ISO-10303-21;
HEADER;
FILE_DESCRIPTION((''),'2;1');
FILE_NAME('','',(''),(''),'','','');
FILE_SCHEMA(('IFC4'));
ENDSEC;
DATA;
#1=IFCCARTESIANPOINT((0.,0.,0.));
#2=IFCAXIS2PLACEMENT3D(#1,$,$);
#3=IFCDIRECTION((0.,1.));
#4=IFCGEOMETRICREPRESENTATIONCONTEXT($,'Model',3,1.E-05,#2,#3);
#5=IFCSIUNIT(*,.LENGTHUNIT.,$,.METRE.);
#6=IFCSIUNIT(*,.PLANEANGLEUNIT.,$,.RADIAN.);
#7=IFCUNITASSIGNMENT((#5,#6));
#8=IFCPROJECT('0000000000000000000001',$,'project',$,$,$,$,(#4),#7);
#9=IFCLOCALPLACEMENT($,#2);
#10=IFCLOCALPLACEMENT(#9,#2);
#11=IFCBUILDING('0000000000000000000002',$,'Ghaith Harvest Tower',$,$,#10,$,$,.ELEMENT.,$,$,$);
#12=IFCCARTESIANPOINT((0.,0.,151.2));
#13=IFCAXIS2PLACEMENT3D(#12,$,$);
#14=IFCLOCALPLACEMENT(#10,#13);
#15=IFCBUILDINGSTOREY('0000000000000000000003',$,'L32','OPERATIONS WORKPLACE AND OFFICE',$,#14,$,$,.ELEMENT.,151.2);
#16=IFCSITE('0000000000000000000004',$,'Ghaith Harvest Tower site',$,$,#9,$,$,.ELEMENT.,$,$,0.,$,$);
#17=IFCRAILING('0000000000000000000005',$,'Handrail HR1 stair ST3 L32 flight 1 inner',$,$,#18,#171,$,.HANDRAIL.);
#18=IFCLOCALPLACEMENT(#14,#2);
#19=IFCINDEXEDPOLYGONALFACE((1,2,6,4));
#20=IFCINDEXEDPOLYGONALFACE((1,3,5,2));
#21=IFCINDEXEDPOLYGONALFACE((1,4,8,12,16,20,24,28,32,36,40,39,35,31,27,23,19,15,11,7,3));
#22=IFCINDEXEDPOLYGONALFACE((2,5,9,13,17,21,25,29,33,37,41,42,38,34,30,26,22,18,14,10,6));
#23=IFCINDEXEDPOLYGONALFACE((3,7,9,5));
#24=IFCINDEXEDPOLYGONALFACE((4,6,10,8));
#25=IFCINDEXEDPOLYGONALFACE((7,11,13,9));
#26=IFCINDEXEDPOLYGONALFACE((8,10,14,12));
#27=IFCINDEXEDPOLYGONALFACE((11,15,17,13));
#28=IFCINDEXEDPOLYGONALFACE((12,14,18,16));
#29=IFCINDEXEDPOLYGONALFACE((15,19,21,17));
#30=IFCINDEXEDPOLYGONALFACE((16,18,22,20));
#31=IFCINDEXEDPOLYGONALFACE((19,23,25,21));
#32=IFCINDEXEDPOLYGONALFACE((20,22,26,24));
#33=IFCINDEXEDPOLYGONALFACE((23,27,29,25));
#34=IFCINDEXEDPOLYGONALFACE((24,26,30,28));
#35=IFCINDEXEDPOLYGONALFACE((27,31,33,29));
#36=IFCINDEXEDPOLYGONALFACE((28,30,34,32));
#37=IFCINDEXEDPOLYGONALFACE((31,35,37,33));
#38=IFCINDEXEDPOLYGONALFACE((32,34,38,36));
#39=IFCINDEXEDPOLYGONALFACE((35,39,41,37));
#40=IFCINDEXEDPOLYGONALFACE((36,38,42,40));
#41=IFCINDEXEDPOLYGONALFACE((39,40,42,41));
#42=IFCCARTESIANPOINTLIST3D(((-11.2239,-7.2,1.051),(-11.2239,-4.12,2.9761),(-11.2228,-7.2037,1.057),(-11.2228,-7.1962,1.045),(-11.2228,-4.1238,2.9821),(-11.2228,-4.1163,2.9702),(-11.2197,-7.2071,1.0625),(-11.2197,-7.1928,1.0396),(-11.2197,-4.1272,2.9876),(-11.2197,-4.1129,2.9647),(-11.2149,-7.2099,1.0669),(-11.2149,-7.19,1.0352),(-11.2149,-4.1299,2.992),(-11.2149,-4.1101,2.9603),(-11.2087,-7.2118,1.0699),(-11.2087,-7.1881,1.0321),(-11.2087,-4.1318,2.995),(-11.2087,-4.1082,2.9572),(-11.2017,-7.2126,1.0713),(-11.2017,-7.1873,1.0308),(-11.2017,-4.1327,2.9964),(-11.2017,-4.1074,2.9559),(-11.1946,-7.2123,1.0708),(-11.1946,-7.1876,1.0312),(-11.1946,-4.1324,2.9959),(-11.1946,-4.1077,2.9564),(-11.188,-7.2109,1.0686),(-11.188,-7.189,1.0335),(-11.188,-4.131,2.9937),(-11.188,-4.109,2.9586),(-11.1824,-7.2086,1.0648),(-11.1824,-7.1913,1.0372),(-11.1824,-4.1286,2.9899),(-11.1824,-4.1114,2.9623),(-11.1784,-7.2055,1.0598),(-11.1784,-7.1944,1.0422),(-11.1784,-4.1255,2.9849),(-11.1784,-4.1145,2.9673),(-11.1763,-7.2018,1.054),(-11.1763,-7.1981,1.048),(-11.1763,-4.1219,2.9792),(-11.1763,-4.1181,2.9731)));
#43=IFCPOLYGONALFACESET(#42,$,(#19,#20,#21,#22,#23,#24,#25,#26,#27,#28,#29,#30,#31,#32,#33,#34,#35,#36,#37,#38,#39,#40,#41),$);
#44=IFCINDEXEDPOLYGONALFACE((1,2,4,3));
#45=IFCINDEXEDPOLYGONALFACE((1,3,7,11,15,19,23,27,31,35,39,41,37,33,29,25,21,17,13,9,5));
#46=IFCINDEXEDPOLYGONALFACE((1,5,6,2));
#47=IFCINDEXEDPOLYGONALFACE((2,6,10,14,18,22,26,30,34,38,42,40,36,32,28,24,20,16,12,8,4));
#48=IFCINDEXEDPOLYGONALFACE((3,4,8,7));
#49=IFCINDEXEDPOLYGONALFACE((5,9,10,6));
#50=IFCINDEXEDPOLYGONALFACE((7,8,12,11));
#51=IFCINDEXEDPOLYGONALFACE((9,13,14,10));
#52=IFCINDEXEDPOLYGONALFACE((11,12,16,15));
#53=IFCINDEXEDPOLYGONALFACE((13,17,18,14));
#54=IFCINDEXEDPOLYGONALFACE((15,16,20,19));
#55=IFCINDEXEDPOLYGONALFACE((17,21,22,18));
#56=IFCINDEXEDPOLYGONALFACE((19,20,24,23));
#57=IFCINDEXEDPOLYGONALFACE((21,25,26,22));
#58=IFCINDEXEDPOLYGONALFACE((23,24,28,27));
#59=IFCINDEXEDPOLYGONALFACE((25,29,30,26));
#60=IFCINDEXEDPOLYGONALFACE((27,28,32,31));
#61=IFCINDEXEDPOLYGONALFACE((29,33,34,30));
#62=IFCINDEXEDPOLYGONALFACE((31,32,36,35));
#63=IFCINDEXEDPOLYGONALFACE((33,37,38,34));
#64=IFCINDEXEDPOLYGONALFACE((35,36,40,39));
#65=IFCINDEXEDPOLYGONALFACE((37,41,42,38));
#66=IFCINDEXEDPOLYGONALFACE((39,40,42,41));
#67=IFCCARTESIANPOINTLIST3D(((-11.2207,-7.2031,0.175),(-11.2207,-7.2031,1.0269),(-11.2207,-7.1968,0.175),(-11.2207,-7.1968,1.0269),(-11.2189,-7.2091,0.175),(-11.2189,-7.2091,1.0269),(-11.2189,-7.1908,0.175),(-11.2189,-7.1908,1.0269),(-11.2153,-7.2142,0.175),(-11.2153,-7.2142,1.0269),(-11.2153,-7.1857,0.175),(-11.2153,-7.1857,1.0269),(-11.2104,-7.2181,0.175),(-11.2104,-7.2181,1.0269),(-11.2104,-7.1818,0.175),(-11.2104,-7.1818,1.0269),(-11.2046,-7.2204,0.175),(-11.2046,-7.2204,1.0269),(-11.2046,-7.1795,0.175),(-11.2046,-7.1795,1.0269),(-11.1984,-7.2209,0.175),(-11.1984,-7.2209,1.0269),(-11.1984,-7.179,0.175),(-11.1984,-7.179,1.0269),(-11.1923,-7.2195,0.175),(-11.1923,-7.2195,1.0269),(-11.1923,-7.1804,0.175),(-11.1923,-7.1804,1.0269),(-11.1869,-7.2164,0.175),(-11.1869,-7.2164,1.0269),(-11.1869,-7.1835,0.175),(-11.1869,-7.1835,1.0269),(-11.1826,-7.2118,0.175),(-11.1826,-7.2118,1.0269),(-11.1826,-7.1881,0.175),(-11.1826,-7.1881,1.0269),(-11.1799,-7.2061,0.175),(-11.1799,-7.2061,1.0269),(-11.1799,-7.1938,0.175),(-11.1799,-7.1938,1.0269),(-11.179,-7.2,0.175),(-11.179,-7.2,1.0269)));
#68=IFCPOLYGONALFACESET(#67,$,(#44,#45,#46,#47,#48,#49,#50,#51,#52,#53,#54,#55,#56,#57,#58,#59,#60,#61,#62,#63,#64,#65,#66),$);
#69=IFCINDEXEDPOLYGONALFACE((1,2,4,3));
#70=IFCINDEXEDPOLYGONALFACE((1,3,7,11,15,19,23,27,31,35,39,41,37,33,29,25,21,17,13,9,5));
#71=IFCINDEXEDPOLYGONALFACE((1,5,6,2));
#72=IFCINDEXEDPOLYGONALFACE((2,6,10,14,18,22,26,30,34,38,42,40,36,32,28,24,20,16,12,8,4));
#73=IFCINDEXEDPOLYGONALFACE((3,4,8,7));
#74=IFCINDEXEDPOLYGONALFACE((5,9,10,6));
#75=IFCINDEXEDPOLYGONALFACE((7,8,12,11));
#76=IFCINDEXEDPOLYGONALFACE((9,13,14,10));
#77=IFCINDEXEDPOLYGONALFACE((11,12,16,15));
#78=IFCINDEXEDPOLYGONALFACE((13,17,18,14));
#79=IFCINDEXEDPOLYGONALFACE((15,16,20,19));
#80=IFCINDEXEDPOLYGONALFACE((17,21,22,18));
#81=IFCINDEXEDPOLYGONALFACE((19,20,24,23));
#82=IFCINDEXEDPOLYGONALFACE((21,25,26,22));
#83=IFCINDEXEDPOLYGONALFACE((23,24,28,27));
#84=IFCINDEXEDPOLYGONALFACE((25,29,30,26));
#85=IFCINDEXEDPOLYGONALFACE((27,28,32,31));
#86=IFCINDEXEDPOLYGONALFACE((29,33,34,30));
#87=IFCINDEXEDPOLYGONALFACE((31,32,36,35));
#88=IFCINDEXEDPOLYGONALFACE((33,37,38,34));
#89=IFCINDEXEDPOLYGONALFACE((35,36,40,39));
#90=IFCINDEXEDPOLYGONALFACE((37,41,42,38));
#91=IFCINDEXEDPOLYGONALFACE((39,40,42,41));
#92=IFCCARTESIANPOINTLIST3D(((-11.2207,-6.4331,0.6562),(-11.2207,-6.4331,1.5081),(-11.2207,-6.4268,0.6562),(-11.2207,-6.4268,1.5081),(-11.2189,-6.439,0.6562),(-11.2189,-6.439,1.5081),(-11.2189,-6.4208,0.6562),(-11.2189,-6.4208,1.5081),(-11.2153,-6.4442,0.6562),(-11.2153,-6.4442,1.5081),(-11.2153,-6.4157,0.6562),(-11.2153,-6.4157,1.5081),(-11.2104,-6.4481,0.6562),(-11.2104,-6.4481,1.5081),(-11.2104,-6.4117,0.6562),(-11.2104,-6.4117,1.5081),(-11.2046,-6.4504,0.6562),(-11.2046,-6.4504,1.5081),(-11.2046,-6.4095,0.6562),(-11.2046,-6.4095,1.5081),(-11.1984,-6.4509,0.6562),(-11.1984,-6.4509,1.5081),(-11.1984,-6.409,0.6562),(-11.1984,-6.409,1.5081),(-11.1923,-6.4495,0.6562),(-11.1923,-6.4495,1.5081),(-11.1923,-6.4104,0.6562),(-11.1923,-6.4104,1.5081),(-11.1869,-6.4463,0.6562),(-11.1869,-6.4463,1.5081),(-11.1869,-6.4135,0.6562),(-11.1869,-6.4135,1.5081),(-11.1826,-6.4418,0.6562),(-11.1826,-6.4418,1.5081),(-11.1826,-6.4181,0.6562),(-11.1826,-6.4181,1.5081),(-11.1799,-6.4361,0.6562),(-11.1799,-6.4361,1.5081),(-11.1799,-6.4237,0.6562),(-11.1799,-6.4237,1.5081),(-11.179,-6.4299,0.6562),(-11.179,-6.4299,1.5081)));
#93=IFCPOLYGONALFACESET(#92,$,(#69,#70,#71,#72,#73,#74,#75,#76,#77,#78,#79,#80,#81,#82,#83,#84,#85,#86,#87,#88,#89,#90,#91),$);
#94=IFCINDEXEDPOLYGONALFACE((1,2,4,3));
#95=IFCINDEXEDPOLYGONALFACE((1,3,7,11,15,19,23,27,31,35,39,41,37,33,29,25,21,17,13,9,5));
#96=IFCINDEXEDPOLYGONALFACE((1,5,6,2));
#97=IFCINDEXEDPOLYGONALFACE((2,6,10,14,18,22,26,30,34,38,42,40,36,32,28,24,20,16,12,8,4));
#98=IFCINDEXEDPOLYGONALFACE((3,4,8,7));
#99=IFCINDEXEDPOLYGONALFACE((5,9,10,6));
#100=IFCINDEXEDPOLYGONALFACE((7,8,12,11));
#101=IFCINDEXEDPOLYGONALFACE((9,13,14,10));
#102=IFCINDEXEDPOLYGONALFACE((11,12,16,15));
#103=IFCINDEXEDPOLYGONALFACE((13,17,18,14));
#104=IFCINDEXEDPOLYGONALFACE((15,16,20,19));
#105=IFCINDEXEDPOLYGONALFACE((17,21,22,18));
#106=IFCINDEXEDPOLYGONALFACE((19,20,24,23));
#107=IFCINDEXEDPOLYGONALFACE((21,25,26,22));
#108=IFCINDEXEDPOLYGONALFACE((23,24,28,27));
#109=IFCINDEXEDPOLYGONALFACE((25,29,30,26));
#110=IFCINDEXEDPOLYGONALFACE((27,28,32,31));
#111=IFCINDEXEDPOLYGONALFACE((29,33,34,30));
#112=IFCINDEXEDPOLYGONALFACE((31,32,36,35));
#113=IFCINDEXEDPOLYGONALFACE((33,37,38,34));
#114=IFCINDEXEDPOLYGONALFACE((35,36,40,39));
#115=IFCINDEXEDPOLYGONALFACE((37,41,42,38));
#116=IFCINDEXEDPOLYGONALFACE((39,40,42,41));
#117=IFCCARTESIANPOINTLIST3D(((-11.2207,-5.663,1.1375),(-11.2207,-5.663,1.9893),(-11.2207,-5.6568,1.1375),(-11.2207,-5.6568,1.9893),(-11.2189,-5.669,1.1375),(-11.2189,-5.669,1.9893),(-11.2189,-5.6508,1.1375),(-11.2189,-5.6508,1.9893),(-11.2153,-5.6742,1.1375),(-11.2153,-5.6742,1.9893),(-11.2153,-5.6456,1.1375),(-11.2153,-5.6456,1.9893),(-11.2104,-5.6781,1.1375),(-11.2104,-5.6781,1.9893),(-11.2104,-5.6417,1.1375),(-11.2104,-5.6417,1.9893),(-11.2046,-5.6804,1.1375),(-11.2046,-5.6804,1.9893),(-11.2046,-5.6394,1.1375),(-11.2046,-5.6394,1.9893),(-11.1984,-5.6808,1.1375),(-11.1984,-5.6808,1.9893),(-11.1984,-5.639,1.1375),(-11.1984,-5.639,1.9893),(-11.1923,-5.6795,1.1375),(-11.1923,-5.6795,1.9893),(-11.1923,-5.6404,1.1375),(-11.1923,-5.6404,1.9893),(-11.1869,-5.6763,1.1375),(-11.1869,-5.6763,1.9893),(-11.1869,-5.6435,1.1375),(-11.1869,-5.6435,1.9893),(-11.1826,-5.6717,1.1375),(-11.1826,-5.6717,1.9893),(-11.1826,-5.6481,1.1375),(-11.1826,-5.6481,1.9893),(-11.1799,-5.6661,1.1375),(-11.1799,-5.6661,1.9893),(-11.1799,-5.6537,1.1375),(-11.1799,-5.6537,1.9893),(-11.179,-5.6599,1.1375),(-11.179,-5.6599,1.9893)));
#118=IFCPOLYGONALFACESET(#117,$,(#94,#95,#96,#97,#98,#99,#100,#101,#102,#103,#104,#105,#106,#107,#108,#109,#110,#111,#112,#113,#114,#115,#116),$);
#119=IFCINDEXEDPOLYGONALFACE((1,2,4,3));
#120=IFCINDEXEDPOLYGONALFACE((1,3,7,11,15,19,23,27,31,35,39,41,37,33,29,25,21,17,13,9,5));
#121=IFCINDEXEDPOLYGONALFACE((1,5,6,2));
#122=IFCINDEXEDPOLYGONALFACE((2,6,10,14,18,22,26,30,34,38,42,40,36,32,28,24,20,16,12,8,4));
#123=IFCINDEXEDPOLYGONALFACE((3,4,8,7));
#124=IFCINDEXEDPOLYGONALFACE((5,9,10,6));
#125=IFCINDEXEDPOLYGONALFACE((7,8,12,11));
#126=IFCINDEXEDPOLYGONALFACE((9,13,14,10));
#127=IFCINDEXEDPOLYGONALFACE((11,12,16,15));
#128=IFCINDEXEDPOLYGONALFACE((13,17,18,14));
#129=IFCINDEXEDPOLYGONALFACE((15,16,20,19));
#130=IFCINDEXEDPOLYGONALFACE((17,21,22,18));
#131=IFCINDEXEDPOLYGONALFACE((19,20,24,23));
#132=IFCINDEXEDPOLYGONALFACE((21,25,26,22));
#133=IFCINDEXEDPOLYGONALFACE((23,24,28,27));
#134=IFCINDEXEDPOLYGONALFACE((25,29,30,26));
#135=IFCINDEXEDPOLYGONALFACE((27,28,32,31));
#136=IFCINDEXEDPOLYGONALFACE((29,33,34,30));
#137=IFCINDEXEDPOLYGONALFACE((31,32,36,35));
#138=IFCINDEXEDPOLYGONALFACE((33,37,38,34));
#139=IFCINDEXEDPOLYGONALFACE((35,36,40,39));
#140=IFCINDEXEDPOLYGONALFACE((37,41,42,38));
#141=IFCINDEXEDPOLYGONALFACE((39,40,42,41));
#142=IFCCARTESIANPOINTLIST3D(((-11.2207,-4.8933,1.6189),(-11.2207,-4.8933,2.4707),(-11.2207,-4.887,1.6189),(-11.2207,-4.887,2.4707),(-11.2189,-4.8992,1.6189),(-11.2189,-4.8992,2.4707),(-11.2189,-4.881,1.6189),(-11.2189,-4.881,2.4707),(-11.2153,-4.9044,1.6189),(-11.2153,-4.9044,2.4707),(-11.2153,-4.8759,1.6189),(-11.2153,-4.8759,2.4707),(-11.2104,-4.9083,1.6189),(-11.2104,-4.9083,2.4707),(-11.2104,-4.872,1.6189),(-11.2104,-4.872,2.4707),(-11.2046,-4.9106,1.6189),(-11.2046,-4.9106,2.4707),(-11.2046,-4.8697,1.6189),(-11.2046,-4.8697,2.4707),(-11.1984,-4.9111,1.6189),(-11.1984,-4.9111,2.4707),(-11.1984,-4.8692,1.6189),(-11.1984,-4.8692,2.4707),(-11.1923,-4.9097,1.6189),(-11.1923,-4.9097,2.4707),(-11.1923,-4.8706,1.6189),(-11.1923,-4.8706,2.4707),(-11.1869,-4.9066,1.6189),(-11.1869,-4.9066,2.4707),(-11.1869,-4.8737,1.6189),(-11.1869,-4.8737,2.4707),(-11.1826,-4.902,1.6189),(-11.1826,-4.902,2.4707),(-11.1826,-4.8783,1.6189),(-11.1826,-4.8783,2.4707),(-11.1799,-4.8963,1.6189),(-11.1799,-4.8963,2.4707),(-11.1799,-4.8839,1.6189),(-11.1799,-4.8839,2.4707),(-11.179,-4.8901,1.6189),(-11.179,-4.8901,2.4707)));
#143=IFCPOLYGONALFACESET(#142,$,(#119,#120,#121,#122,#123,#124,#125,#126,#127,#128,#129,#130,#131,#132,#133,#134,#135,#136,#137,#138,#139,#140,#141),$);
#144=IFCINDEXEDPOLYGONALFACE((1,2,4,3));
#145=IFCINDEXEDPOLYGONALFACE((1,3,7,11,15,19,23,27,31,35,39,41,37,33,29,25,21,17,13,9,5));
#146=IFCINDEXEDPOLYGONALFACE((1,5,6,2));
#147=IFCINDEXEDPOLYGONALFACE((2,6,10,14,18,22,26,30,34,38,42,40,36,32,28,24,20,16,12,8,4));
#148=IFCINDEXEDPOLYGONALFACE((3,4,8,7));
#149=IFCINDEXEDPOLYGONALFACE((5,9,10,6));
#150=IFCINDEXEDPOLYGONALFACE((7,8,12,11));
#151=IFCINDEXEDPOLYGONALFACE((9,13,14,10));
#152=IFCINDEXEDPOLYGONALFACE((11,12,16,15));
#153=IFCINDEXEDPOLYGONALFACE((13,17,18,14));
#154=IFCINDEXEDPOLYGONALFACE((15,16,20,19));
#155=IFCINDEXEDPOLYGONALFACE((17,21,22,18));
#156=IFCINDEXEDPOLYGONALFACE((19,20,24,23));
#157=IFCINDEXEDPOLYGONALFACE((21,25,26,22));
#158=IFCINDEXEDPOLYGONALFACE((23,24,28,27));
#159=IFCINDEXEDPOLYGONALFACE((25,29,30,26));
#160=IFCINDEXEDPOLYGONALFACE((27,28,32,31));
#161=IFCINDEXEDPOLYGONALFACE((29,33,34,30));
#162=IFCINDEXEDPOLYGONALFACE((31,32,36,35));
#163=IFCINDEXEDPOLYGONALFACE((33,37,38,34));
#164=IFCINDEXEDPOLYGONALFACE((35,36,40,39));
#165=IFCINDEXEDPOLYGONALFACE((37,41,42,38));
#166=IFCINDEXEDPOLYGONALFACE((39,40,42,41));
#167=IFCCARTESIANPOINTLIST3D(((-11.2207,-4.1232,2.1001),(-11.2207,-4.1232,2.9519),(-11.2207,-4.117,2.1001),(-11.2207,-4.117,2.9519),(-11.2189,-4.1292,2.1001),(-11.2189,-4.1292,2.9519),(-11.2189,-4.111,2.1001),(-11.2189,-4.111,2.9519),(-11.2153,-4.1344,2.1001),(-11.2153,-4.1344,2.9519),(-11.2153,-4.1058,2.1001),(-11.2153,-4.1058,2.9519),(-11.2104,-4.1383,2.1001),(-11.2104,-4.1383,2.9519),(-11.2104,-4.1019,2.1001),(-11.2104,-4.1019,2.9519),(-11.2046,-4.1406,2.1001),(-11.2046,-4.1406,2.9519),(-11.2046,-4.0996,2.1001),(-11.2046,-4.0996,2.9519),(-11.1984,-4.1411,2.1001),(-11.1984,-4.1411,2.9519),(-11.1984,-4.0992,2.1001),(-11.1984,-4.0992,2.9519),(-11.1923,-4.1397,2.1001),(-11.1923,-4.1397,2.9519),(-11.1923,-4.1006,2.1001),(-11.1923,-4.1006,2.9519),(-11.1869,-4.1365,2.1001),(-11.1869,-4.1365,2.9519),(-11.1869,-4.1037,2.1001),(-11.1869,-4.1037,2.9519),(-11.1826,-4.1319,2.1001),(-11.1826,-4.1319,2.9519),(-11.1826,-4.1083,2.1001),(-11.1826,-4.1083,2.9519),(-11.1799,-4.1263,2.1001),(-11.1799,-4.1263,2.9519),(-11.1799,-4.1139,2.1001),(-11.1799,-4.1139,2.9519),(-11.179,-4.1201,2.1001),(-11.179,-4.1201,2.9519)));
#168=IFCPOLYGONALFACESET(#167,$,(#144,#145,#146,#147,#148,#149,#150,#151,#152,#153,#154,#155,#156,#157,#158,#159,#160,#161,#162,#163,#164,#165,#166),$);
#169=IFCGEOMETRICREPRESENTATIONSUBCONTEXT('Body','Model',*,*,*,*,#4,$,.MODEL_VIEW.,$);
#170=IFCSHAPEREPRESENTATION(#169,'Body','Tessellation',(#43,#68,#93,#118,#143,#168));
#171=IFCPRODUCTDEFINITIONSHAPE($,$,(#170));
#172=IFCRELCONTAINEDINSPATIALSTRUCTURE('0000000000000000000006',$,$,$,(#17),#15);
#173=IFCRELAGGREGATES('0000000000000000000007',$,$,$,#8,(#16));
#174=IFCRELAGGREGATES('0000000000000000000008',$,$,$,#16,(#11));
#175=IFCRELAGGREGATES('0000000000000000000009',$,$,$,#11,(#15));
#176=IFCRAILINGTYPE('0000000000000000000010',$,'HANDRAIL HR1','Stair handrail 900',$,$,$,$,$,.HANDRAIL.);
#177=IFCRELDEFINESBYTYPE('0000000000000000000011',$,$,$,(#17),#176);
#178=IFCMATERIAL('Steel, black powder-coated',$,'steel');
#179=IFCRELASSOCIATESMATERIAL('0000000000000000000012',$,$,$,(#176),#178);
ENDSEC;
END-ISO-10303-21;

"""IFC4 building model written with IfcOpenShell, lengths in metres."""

from ifc_helpers import new_model, si_unit, direction, frame, origin, origin_2d, place, context, subcontext, project, spatial, circle, extrude, material, type_object, element, save


model = new_model("IFC4")

# Units and contexts
model_context = context("Model", 3, precision=1e-05, world=origin(), true_north=direction((0.0, 1.0)))
body_context = subcontext(model_context, "Body", "Model", "MODEL_VIEW")
ifc_project = project(units=[si_unit("LENGTHUNIT", "METRE"), si_unit("PLANEANGLEUNIT", "RADIAN")], contexts=[model_context])

# Site, building, storey
site_placement = place(None, origin())
site = spatial("IfcSite", under=ifc_project, at=site_placement, Name="Ghaith Harvest Tower site", CompositionType="ELEMENT", RefElevation=0.0)
building_placement = place(site_placement, origin())
building = spatial("IfcBuilding", under=site, at=building_placement, Name="Ghaith Harvest Tower", CompositionType="ELEMENT")
storey_placement = place(building_placement, frame((0.0, 0.0, 151.2)))
storey = spatial("IfcBuildingStorey", under=building, at=storey_placement, Name="L32", Description="OPERATIONS WORKPLACE AND OFFICE", CompositionType="ELEMENT", Elevation=151.2)

# Railing
ifc_material_1 = material(Name="Steel, black powder-coated", Category="steel")
railing_type = type_object("IfcRailingType", Name="HANDRAIL HR1", Description="Stair handrail 900", PredefinedType="HANDRAIL", material=ifc_material_1)
railing_1_placement = place(storey_placement, frame((-11.2, -7.2, 0.175)))
element("IfcRailing", 1, at=railing_1_placement, inside=storey, type_object=railing_type, Name="Handrail HR1 stair ST3 L32 flight 1 inner", PredefinedType="HANDRAIL", context=body_context, shape_type="SweptSolid", body=[
    extrude(circle(Radius=0.0239, at=origin_2d()), frame((0.0, 0.0, 0.876), z_axis=(0.0, 0.847979, 0.530029), x_axis=(-1.0, 0.0, 0.0)), (0.0, 0.0, 1.0), 3.6321),
    extrude(circle(Radius=0.021, at=origin_2d()), origin(), (0.0, 0.0, 1.0), 0.8518),
    extrude(circle(Radius=0.021, at=origin_2d()), frame((0.0, 0.77, 0.4812)), (0.0, 0.0, 1.0), 0.8518),
    extrude(circle(Radius=0.021, at=origin_2d()), frame((0.0, 1.54, 0.9624)), (0.0, 0.0, 1.0), 0.8518),
    extrude(circle(Radius=0.021, at=origin_2d()), frame((0.0, 2.3098, 1.4438)), (0.0, 0.0, 1.0), 0.8518),
    extrude(circle(Radius=0.021, at=origin_2d()), frame((0.0, 3.0798, 1.925)), (0.0, 0.0, 1.0), 0.8518),
])

save(model, "model.ifc")
